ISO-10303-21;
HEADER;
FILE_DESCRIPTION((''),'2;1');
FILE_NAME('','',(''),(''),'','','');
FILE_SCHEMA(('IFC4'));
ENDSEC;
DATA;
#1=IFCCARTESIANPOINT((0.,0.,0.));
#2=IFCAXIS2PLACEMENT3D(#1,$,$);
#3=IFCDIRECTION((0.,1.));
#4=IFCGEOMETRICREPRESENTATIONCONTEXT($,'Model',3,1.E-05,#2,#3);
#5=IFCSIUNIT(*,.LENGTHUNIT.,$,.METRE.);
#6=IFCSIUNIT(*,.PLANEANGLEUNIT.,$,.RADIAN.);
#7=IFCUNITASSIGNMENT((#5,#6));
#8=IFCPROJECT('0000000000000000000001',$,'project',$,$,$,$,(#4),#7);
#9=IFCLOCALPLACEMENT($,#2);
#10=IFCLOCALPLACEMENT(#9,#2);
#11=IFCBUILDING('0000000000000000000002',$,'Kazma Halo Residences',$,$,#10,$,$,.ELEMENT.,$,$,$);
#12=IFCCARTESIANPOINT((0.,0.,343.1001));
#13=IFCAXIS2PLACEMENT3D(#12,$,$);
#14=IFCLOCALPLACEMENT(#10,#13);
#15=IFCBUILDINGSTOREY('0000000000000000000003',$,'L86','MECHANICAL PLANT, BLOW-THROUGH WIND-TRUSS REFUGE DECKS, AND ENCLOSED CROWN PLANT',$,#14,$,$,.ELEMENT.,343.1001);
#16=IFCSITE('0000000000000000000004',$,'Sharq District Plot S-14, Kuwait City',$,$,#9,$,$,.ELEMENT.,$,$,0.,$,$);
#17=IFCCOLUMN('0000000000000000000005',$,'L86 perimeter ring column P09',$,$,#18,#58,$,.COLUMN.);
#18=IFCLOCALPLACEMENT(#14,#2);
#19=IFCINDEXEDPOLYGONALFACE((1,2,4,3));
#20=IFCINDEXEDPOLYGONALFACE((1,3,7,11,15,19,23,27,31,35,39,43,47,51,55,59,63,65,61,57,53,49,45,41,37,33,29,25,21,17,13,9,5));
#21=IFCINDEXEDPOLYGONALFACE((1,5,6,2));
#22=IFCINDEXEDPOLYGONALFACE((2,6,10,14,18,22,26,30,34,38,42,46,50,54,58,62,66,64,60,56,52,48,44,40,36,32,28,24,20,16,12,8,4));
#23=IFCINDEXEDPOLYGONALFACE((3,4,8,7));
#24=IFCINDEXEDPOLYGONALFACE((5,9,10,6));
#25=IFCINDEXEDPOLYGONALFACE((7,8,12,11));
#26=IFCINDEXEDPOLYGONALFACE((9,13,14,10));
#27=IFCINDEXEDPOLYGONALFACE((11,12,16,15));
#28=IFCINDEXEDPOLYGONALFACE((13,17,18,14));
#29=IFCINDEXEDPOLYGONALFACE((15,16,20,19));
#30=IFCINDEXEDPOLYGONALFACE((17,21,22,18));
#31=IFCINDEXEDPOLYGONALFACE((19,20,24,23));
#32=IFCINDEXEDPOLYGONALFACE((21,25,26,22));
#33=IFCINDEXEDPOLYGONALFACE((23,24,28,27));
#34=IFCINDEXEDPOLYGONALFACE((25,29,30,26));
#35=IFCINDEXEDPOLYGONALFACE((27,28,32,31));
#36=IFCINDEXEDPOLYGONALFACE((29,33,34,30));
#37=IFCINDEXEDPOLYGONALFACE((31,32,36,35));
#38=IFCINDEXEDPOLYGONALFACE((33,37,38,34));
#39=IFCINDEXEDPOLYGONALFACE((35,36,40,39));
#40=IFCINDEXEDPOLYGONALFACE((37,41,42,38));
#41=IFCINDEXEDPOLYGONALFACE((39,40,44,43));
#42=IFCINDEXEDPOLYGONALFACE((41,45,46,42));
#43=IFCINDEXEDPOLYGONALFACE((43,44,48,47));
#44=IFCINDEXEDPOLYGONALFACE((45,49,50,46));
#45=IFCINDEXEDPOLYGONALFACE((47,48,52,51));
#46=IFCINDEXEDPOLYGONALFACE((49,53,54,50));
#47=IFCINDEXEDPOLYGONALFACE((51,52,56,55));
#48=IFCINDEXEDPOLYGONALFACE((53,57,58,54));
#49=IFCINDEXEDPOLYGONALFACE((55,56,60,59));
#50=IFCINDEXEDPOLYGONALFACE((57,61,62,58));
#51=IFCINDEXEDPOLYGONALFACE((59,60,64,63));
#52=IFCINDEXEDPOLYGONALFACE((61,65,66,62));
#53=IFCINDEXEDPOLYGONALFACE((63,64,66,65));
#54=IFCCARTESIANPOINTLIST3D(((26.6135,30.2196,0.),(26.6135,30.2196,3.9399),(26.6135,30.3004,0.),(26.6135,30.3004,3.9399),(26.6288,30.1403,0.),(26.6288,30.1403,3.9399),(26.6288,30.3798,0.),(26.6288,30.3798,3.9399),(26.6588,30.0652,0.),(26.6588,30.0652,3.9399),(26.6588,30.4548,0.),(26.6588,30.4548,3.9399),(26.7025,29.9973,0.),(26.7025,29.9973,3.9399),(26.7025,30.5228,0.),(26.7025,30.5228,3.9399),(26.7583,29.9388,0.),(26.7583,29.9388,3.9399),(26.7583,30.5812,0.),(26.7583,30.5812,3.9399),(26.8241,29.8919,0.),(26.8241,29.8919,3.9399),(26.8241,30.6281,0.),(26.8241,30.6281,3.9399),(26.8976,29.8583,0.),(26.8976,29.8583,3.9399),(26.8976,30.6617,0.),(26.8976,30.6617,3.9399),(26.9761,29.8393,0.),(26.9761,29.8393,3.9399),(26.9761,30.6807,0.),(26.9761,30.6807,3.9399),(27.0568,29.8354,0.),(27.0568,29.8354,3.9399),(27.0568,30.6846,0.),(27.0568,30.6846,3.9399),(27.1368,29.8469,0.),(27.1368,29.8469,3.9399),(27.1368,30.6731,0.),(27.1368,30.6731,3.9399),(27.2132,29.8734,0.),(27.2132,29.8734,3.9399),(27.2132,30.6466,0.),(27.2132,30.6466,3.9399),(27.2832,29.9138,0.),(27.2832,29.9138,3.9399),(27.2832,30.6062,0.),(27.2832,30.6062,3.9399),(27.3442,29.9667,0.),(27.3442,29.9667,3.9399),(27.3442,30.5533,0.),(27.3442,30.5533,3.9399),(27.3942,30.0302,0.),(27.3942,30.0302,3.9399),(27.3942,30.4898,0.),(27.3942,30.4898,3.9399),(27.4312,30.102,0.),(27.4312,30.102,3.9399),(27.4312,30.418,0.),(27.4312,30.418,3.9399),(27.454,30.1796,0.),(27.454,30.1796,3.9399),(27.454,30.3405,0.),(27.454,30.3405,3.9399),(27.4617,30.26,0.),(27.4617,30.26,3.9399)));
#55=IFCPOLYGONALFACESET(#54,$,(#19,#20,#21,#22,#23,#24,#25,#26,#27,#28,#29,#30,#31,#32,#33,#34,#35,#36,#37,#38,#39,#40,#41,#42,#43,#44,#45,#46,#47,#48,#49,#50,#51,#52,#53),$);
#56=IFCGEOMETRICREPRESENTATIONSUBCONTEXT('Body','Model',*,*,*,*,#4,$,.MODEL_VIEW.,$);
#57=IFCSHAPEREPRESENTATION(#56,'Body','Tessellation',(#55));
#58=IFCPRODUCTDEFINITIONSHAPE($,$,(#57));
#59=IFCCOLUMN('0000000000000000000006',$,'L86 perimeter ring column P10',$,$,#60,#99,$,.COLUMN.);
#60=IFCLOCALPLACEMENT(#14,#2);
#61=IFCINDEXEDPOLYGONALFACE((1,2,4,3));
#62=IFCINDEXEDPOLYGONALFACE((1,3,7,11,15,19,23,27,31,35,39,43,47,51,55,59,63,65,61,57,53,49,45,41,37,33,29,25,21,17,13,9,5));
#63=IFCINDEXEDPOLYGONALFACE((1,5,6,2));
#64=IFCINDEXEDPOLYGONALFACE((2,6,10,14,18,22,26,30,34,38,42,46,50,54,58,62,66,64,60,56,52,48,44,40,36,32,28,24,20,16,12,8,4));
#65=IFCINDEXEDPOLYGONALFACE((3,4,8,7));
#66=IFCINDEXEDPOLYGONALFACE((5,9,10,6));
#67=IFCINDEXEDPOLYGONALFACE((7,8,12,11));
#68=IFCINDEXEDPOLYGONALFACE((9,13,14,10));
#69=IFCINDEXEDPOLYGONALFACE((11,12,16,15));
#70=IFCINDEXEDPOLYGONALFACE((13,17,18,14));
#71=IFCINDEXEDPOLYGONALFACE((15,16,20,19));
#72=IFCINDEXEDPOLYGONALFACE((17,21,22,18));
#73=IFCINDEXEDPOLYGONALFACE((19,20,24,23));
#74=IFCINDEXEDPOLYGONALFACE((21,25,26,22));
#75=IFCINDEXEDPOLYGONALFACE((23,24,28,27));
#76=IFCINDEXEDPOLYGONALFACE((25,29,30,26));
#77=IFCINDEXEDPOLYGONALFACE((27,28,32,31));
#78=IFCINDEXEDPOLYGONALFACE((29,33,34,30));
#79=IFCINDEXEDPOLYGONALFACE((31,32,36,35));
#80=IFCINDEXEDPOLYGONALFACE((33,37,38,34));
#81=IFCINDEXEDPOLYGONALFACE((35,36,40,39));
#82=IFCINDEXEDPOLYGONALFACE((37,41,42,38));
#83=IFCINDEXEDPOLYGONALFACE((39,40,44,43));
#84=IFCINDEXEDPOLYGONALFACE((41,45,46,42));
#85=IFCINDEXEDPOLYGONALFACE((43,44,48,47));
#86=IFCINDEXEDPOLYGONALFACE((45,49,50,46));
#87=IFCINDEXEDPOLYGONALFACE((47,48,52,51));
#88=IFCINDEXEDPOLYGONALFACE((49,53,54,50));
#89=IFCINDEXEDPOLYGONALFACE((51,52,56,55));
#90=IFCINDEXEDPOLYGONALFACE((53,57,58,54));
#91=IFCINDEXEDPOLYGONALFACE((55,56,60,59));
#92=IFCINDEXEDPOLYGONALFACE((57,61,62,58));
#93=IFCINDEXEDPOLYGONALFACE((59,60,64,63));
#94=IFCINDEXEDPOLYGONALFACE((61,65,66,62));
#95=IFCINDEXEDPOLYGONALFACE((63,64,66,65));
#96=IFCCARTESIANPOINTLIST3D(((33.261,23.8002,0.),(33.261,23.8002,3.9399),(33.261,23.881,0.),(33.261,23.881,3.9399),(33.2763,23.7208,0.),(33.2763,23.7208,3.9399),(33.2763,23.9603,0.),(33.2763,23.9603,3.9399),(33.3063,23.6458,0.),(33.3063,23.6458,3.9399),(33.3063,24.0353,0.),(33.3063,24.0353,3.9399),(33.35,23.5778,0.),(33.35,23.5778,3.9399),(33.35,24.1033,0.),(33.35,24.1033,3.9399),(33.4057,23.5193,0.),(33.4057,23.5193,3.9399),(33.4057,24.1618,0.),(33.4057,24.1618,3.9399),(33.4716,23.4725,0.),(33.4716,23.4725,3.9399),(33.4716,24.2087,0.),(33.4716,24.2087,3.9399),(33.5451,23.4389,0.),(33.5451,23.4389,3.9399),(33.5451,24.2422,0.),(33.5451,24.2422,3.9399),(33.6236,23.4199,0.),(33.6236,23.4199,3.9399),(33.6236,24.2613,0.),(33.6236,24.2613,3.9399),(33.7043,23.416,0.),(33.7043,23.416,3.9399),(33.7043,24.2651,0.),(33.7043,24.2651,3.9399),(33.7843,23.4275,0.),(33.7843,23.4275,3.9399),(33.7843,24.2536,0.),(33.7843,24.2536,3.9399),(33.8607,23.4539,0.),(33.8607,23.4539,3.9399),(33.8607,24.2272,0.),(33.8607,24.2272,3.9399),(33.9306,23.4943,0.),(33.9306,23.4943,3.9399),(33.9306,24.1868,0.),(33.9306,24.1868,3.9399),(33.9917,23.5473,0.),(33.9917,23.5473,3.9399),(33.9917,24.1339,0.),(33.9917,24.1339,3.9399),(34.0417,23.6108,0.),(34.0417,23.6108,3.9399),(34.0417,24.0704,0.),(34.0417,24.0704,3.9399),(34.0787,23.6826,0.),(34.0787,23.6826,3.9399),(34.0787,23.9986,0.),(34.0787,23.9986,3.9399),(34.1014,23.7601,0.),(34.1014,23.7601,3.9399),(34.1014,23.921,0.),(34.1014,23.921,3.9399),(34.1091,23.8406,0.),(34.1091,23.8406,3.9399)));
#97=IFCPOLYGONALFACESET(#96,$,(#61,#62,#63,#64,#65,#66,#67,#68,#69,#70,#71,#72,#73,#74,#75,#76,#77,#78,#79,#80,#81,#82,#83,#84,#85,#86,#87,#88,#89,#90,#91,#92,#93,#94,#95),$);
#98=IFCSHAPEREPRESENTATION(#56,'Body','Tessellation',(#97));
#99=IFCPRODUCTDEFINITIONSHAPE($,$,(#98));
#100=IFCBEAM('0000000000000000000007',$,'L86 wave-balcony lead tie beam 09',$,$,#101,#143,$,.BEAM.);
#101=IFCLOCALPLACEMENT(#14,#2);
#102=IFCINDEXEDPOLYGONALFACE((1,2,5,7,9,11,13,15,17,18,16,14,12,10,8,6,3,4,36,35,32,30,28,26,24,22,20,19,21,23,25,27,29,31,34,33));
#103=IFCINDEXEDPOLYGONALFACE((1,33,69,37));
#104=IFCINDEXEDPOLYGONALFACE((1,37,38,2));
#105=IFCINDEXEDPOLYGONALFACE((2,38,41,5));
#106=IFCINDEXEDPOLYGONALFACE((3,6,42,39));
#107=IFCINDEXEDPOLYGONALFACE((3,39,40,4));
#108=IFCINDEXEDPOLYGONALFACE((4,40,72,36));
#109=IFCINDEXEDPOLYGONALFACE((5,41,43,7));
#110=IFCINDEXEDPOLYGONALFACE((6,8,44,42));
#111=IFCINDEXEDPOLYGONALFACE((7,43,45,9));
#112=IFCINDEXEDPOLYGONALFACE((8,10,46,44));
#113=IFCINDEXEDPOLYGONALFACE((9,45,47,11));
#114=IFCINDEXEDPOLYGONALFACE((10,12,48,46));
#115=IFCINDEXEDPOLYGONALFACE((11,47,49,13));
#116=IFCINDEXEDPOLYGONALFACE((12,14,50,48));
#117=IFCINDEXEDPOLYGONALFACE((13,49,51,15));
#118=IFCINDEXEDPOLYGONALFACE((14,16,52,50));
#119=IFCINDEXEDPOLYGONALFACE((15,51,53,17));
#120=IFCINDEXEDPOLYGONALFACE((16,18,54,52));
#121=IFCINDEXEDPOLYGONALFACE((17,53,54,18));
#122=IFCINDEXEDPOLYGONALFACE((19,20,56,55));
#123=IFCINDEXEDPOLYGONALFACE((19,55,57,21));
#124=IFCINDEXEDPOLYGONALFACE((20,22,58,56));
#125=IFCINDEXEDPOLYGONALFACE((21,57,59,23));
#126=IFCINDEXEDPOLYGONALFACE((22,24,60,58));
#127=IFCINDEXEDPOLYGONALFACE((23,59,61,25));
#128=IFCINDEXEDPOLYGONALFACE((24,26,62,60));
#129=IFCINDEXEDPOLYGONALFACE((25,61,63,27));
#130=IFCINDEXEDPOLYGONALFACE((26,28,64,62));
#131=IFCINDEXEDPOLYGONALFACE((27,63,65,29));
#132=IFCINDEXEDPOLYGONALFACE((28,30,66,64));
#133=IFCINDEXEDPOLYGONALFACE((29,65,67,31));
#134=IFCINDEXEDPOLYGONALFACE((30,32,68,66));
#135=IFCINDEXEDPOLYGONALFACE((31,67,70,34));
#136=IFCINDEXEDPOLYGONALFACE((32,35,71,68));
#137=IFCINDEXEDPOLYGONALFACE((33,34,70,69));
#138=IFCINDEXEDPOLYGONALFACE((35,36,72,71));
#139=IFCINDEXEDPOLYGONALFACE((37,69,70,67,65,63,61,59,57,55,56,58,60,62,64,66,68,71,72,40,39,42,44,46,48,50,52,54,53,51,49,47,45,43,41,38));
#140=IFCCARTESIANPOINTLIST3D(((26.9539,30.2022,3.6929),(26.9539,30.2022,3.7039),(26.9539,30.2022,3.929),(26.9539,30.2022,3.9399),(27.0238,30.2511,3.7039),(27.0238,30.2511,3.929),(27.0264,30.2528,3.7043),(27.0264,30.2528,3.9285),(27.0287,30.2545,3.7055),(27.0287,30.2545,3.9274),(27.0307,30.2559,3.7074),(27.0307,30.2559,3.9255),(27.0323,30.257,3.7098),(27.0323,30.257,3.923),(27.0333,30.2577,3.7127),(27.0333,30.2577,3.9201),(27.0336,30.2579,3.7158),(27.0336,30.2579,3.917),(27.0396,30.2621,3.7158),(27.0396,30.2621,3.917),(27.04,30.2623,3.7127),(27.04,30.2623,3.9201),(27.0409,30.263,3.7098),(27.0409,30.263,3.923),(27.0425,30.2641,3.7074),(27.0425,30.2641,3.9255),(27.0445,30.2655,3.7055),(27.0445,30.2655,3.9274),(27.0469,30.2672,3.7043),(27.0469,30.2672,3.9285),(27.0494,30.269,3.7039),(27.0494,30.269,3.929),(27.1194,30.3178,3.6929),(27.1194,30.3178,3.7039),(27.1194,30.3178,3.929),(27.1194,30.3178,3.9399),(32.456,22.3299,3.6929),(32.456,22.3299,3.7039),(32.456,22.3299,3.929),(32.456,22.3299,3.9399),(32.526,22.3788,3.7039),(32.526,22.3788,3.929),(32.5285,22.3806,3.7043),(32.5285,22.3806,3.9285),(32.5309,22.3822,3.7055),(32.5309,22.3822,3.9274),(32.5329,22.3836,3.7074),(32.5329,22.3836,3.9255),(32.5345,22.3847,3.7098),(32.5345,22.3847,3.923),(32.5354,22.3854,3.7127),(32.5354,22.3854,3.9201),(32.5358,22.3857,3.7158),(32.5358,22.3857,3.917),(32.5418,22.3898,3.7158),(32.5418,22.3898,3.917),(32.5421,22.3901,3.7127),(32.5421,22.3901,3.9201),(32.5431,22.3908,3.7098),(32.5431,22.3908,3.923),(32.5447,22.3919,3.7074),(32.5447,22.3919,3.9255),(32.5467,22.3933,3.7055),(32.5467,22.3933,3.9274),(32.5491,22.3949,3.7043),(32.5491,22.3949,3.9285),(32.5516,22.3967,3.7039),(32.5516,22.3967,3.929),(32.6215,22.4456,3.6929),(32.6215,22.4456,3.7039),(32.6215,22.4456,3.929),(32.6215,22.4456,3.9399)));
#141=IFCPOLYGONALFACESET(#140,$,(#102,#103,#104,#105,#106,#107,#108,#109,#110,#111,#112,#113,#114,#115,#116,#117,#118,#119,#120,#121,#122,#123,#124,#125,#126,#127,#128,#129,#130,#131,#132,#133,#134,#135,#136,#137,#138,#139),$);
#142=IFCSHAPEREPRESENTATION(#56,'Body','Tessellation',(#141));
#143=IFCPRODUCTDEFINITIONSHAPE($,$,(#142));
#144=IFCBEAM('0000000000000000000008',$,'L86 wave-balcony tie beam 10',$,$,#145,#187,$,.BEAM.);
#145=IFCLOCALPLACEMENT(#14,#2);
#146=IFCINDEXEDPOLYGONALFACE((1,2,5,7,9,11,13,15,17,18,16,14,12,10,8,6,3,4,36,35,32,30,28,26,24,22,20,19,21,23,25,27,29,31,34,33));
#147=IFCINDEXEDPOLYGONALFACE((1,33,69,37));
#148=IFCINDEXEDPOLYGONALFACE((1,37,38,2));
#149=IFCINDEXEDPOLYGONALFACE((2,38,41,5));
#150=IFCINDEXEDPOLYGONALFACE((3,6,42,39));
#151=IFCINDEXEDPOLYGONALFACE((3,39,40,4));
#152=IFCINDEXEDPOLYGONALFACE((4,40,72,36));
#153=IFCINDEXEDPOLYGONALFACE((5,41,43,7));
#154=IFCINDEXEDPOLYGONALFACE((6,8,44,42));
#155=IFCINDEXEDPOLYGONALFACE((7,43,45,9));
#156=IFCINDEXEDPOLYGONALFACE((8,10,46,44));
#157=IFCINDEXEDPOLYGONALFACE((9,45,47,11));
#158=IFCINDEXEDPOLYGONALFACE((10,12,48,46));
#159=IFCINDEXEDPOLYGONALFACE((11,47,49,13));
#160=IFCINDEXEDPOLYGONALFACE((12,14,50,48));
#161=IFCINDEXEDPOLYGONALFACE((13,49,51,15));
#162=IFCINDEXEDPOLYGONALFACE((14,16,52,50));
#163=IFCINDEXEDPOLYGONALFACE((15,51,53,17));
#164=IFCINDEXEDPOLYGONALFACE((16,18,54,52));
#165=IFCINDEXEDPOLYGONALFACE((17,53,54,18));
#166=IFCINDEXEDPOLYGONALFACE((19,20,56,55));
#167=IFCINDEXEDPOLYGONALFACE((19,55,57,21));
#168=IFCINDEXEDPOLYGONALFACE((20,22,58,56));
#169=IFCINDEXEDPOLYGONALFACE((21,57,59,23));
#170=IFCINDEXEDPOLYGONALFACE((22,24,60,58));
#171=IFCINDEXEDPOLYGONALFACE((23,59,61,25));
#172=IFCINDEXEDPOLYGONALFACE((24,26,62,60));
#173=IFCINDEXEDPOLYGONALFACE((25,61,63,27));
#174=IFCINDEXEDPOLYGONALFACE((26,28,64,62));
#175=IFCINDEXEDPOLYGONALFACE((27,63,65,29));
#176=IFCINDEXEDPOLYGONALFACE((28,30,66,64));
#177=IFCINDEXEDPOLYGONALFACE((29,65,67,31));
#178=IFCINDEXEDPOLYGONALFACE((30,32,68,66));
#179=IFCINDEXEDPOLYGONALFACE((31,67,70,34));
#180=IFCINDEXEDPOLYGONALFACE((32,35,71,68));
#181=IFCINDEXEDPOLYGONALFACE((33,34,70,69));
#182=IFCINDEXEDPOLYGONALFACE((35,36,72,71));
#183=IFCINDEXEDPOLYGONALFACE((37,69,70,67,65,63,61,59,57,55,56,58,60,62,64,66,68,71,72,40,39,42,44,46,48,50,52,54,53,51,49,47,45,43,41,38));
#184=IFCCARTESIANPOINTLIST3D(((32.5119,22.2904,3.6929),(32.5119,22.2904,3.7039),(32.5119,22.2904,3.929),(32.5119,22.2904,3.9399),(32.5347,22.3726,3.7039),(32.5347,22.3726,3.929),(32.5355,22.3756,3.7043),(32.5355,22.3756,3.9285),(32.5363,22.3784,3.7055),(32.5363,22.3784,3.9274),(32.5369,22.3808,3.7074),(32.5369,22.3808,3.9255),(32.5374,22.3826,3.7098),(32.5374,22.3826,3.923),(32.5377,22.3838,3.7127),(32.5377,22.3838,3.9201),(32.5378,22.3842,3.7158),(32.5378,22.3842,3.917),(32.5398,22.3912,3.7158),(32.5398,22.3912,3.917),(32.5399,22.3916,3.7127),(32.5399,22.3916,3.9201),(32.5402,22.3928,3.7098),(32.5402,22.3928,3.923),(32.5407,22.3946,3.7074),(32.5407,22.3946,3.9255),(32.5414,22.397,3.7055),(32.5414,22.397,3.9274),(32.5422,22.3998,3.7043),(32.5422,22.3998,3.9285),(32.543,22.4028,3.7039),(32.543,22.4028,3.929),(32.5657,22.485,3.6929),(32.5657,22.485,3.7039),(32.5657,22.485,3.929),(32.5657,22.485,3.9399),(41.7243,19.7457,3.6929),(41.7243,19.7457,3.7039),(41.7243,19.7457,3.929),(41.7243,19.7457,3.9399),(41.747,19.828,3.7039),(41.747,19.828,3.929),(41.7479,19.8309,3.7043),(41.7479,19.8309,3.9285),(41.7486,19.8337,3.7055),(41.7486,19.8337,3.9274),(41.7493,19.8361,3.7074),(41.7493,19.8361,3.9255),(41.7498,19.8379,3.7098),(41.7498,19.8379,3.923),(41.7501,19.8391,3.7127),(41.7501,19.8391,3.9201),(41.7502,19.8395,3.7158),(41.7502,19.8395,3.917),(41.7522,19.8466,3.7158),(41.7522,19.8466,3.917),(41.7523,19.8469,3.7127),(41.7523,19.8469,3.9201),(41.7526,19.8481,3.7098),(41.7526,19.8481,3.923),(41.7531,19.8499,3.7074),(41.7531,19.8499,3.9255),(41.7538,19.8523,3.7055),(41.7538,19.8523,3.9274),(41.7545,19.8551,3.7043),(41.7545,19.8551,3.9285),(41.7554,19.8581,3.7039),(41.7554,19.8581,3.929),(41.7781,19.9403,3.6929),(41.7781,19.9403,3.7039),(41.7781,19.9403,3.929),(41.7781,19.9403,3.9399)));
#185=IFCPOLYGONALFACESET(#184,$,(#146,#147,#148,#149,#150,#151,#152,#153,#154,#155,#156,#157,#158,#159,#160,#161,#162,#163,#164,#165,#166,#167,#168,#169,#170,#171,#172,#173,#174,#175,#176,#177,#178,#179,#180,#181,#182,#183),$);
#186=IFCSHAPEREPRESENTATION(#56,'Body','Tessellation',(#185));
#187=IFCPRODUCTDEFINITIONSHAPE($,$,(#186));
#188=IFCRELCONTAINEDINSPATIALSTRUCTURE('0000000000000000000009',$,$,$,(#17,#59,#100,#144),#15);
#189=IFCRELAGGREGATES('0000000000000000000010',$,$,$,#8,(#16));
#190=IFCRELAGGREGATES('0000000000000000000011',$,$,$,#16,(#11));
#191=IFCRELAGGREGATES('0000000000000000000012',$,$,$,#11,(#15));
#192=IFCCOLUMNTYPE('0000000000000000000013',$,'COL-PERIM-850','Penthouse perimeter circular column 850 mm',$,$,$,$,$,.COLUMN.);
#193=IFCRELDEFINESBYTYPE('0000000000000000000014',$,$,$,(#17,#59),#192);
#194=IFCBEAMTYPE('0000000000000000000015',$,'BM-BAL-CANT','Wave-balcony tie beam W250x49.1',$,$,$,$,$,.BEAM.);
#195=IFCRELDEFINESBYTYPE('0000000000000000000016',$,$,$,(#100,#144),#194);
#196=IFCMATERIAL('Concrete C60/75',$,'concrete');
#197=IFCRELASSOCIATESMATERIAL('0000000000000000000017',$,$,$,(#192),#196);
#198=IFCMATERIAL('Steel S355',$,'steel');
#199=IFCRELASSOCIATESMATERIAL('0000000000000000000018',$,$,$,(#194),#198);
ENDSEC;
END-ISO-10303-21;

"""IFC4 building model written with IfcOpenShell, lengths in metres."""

from ifc_helpers import new_model, si_unit, direction, frame, origin, origin_2d, place, context, subcontext, project, spatial, circle, i_section, extrude, material, material_profile, profile_set, type_object, element, save


model = new_model("IFC4")

# Units and contexts
model_context = context("Model", 3, precision=1e-05, world=origin(), true_north=direction((0.0, 1.0)))
body_context = subcontext(model_context, "Body", "Model", "MODEL_VIEW")
ifc_project = project(units=[si_unit("LENGTHUNIT", "METRE"), si_unit("PLANEANGLEUNIT", "RADIAN")], contexts=[model_context])

# Site, building, storey
site_placement = place(None, origin())
site = spatial("IfcSite", under=ifc_project, at=site_placement, Name="Sharq District Plot S-14, Kuwait City", CompositionType="ELEMENT", RefElevation=0.0)
building_placement = place(site_placement, origin())
building = spatial("IfcBuilding", under=site, at=building_placement, Name="Kazma Halo Residences", CompositionType="ELEMENT")
storey_placement = place(building_placement, frame((0.0, 0.0, 343.1001)))
storey = spatial("IfcBuildingStorey", under=building, at=storey_placement, Name="L86", Description="MECHANICAL PLANT, BLOW-THROUGH WIND-TRUSS REFUGE DECKS, AND ENCLOSED CROWN PLANT", CompositionType="ELEMENT", Elevation=343.1001)

# Columns
ifc_material_1 = material(Name="Concrete C60/75", Category="concrete")
ifc_material_profile_1 = material_profile(ifc_material_1, circle(Radius=0.425, at=origin_2d()), Name="CIRC850")
ifc_profile_set_1 = profile_set([ifc_material_profile_1], Name="Concrete C60/75")
column_type = type_object("IfcColumnType", Name="COL-PERIM-850", Description="Penthouse perimeter circular column 850 mm", PredefinedType="COLUMN", material=ifc_profile_set_1)
for number, where, z_axis, x_axis, name in (
    (1, (27.0366, 30.26, 0.0), (0.0, 0.0, 1.0), (1.0, 0.0, 0.0), "L86 perimeter ring column P09"),
    (2, (33.6841, 23.8406, 0.0), (0.0, 0.0, 1.0), (1.0, 0.0, 0.0), "L86 perimeter ring column P10"),
):
    element("IfcColumn", number, at=place(storey_placement, frame(where, z_axis=z_axis, x_axis=x_axis)), inside=storey, type_object=column_type, Name=name, PredefinedType="COLUMN", context=body_context, shape_type="SweptSolid", body=[
        extrude(circle(Radius=0.425, at=origin_2d()), origin(), (0.0, 0.0, 1.0), 3.9399),
    ])

# Beams
ifc_material_2 = material(Name="Steel S355", Category="steel")
ifc_material_profile_2 = material_profile(ifc_material_2, i_section(OverallWidth=0.2019, OverallDepth=0.2471, WebThickness=0.0073, FlangeThickness=0.011, FilletRadius=0.012, at=origin_2d()), Name="W250x49.1")
ifc_profile_set_2 = profile_set([ifc_material_profile_2], Name="Steel S355")
beam_type_1 = type_object("IfcBeamType", Name="BM-BAL-CANT", Description="Wave-balcony tie beam W250x49.1", PredefinedType="BEAM", material=ifc_profile_set_2)
beam_1_placement = place(storey_placement, frame((27.0366, 30.26, 3.8164), z_axis=(0.572874, -0.819644, 0.0), x_axis=(0.819644, 0.572874, 0.0)))
element("IfcBeam", 3, at=beam_1_placement, inside=storey, type_object=beam_type_1, Name="L86 wave-balcony lead tie beam 09", PredefinedType="BEAM", context=body_context, shape_type="SweptSolid", body=[
    extrude(i_section(OverallWidth=0.2019, OverallDepth=0.2471, WebThickness=0.0073, FlangeThickness=0.011, FilletRadius=0.012, at=origin_2d()), origin(), (0.0, 0.0, 1.0), 9.6045),
])
beam_2_placement = place(storey_placement, frame((32.5388, 22.3877, 3.8164), z_axis=(0.963903, -0.266252, 0.0), x_axis=(0.266252, 0.963903, 0.0)))
element("IfcBeam", 4, at=beam_2_placement, inside=storey, type_object=beam_type_1, Name="L86 wave-balcony tie beam 10", PredefinedType="BEAM", context=body_context, shape_type="SweptSolid", body=[
    extrude(i_section(OverallWidth=0.2019, OverallDepth=0.2471, WebThickness=0.0073, FlangeThickness=0.011, FilletRadius=0.012, at=origin_2d()), origin(), (0.0, 0.0, 1.0), 9.5574),
])

save(model, "model.ifc")
